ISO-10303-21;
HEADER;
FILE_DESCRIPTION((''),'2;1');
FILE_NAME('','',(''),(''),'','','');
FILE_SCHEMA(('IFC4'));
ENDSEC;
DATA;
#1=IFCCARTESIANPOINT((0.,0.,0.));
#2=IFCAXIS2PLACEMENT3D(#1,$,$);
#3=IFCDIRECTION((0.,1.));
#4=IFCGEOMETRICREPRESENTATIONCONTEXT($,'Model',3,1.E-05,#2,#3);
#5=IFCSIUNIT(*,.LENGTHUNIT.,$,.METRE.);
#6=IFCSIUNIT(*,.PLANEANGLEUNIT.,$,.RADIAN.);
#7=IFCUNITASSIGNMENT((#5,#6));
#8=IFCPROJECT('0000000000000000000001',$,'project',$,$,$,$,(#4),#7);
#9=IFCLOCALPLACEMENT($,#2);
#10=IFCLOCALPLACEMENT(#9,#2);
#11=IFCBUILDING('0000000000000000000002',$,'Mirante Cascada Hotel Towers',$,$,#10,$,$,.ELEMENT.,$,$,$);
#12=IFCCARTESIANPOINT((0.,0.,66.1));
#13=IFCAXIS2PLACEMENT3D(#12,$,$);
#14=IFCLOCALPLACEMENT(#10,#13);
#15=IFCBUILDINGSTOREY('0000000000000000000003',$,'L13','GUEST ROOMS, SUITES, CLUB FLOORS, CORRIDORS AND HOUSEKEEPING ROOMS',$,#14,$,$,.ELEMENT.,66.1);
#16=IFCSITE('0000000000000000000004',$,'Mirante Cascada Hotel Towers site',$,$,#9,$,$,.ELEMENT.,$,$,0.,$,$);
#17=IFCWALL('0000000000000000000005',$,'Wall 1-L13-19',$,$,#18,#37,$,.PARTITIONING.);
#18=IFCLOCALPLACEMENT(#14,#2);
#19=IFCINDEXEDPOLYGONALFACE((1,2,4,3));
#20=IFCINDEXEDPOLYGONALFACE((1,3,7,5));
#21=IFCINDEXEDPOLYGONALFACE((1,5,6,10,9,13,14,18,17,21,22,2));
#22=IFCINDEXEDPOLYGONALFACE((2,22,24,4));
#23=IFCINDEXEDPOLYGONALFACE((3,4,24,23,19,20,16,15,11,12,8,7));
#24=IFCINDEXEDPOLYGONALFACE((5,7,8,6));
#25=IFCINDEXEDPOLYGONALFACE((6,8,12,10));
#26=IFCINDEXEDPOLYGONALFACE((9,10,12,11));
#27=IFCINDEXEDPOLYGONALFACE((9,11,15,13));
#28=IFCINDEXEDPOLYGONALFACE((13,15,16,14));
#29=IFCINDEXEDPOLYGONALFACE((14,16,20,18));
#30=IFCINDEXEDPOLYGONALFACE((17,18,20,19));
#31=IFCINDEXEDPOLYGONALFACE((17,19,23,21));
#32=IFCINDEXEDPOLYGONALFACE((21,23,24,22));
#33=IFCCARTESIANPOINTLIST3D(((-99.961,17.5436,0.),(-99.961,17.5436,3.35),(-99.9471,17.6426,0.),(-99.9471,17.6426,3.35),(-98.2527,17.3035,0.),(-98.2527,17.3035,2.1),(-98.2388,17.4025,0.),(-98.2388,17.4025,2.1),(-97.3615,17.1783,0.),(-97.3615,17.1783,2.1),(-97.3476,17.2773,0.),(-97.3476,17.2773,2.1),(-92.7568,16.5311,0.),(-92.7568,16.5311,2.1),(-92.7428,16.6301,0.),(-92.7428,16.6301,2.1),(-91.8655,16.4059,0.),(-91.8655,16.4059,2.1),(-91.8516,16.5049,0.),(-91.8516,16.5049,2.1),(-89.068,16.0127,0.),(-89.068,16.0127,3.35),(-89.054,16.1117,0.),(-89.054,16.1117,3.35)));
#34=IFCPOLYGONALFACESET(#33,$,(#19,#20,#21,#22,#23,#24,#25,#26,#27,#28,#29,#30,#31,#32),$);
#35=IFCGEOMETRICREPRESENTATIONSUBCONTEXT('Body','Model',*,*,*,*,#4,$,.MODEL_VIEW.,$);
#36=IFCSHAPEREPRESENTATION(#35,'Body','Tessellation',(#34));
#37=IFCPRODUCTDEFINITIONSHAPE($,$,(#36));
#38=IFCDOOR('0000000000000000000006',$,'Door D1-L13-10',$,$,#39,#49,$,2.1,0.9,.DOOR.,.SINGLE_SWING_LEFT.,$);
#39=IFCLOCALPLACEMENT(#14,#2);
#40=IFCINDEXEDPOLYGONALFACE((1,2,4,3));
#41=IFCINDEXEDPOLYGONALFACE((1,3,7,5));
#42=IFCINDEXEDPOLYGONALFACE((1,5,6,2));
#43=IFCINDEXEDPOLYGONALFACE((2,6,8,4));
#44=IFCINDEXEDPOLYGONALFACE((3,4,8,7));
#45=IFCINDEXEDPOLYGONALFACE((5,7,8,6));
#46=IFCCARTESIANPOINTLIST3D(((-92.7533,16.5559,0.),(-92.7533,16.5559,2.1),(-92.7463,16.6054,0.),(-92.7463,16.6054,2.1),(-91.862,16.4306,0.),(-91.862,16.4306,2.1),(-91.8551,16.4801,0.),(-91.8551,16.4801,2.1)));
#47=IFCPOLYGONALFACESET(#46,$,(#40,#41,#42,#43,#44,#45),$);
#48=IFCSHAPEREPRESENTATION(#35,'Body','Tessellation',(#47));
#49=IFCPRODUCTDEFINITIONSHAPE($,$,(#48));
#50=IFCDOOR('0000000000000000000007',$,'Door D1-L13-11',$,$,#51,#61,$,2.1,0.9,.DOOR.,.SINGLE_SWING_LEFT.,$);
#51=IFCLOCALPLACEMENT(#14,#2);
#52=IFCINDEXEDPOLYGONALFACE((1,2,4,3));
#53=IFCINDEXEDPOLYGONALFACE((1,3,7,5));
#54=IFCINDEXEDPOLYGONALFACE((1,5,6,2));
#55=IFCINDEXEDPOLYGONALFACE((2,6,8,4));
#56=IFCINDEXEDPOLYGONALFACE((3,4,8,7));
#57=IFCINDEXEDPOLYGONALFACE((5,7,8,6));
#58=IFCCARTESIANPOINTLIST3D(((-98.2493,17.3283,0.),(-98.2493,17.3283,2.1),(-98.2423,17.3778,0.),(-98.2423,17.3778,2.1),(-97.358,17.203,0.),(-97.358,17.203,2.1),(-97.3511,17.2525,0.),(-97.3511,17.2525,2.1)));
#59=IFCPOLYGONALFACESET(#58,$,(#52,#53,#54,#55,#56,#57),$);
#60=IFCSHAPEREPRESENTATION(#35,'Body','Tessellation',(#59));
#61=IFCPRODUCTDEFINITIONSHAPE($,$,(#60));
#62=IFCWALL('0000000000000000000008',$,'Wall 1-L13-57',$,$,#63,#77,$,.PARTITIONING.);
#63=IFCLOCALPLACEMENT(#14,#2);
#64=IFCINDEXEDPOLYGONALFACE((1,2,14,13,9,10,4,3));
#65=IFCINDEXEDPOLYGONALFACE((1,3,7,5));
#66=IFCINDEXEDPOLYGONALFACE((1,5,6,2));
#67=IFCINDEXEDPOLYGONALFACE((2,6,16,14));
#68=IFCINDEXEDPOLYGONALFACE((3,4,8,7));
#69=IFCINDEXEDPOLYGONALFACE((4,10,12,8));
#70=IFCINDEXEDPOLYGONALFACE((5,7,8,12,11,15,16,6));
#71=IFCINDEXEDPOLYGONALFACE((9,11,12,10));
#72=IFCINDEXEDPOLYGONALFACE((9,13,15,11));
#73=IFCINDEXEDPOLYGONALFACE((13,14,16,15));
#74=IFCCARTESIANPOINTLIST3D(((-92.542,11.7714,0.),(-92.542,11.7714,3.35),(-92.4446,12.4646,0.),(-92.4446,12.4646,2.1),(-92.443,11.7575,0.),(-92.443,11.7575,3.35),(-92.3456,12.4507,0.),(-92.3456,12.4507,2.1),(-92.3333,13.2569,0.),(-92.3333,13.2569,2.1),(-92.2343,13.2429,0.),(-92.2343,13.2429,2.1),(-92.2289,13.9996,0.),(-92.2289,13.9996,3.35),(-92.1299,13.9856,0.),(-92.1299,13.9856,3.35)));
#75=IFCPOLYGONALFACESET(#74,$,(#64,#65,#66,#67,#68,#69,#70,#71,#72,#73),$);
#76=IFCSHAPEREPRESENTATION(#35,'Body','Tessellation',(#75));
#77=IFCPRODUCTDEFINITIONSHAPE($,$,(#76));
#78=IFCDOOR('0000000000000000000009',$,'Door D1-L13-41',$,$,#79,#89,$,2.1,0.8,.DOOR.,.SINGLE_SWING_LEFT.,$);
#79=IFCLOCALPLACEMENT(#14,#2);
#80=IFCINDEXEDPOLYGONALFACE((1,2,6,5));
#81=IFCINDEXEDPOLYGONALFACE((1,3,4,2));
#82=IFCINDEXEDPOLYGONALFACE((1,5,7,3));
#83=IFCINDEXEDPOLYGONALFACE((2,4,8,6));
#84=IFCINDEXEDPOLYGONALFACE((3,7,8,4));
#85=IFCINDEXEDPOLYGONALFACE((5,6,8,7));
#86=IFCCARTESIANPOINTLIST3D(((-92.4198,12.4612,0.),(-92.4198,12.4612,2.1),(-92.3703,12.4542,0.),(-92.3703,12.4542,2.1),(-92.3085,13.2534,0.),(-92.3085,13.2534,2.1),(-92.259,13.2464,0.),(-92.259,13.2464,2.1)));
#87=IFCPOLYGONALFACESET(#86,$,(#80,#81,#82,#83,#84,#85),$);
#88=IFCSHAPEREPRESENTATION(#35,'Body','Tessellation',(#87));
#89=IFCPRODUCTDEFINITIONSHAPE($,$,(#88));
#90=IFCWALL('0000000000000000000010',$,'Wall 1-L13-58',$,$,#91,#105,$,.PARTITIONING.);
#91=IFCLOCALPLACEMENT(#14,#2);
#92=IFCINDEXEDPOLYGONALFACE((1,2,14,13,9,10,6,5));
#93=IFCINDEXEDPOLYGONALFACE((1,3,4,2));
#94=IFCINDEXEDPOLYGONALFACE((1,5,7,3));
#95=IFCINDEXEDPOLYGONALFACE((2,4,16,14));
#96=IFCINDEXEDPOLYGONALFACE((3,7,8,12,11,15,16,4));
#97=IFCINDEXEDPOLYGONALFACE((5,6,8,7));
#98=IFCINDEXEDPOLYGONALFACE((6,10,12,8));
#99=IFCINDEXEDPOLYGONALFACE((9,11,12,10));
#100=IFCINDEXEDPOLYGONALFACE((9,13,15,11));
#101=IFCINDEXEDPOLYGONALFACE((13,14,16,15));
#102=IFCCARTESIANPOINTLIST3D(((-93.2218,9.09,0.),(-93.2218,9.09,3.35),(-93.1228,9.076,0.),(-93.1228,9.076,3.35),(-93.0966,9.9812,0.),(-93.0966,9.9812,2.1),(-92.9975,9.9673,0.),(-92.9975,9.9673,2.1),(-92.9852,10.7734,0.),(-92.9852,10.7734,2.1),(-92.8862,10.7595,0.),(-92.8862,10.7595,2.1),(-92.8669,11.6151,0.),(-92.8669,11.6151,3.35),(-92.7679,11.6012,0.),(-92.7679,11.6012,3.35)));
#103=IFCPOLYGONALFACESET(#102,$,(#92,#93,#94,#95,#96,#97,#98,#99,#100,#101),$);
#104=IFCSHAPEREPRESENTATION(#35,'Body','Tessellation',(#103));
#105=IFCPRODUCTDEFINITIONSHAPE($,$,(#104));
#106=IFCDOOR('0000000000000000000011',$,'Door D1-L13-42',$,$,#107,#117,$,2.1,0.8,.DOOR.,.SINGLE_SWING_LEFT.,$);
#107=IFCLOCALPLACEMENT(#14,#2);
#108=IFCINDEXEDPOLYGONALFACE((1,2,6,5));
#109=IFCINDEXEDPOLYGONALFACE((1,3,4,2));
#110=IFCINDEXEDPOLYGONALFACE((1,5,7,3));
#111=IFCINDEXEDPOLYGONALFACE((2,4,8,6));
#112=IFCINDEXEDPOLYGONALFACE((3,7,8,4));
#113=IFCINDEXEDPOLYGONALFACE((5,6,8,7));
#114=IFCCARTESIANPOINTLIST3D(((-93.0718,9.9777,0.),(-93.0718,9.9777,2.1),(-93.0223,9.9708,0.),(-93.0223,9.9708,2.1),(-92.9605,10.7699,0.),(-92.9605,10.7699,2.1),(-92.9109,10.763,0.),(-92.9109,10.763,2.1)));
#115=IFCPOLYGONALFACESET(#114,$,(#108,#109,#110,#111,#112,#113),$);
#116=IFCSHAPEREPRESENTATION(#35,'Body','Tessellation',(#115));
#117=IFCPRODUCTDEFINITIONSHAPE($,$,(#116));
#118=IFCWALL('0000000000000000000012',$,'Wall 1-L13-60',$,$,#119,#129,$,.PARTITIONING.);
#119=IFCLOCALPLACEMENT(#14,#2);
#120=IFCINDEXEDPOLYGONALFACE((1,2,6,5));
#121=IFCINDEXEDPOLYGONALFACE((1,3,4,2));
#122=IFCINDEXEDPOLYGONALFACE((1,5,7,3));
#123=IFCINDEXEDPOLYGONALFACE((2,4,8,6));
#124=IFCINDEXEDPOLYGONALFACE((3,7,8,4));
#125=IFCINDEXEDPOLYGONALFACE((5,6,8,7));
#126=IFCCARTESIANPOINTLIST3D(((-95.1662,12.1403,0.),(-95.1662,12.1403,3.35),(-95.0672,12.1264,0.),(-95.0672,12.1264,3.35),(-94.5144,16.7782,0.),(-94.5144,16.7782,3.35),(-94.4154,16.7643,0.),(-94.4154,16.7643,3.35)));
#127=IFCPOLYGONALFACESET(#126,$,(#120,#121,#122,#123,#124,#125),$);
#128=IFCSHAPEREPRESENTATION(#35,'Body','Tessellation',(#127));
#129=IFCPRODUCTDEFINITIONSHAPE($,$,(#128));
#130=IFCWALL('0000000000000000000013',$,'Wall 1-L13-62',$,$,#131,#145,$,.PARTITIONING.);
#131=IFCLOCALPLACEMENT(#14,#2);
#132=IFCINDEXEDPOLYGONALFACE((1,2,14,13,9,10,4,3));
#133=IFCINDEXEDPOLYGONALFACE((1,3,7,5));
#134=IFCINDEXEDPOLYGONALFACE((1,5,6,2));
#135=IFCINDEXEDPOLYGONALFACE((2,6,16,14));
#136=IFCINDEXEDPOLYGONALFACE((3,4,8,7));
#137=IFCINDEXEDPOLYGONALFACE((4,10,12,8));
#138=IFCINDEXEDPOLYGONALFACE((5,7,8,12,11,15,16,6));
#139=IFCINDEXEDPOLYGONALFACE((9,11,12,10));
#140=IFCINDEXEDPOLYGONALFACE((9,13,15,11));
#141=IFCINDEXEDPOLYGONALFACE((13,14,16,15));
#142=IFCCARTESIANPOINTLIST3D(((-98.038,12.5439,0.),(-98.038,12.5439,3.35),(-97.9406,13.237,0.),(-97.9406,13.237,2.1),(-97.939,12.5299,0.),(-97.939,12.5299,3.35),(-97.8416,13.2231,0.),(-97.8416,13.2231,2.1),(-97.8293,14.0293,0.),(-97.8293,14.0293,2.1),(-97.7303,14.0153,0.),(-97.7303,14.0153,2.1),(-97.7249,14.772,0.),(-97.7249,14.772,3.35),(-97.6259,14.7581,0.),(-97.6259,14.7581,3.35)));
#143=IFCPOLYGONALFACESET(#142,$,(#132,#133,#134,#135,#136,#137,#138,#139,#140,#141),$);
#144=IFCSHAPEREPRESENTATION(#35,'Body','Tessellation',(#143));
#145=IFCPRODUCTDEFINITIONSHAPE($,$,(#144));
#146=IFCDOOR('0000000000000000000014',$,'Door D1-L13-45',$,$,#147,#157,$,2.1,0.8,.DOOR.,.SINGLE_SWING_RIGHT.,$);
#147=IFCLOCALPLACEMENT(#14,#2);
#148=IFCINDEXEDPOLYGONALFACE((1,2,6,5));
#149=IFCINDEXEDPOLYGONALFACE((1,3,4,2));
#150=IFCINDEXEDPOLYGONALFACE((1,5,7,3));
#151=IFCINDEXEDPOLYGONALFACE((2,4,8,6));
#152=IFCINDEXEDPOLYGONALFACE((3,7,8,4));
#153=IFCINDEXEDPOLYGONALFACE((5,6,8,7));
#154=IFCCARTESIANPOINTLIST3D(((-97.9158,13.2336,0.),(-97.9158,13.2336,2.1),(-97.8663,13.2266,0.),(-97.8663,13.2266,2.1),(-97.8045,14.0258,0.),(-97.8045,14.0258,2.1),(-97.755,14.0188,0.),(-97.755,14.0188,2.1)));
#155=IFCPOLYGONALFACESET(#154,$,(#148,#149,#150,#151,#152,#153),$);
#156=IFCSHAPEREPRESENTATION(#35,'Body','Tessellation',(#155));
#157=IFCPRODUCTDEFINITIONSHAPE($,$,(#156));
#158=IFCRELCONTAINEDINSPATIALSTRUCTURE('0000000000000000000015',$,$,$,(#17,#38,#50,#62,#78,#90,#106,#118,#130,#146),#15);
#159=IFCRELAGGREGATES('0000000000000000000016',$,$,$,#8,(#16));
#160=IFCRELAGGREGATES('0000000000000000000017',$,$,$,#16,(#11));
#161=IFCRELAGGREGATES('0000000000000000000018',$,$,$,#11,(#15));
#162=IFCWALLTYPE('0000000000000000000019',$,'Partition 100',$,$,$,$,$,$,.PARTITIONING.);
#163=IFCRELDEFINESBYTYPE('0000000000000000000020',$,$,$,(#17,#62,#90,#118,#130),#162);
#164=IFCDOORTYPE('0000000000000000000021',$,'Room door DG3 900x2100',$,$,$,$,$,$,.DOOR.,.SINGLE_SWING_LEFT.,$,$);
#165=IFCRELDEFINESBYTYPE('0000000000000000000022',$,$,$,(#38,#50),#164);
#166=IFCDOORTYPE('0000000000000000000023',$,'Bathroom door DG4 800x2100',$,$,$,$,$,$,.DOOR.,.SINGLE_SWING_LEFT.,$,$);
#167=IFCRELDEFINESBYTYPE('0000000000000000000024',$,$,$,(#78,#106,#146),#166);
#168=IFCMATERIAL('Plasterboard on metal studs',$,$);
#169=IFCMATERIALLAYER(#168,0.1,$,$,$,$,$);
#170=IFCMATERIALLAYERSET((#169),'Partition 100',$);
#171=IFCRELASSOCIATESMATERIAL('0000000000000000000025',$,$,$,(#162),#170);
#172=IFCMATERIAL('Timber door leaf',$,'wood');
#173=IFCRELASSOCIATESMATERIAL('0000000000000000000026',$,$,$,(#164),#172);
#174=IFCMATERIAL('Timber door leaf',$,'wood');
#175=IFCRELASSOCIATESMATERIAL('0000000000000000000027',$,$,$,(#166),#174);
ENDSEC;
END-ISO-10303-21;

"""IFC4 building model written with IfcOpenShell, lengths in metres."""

from ifc_helpers import new_model, si_unit, direction, frame, frame_2d, origin, place, context, subcontext, project, spatial, rectangle, extrude, material, layer, layer_set, type_object, element, fill, save


model = new_model("IFC4")

# Units and contexts
model_context = context("Model", 3, precision=1e-05, world=origin(), true_north=direction((0.0, 1.0)))
body_context = subcontext(model_context, "Body", "Model", "MODEL_VIEW")
ifc_project = project(units=[si_unit("LENGTHUNIT", "METRE"), si_unit("PLANEANGLEUNIT", "RADIAN")], contexts=[model_context])

# Site, building, storey
site_placement = place(None, origin())
site = spatial("IfcSite", under=ifc_project, at=site_placement, Name="Mirante Cascada Hotel Towers site", CompositionType="ELEMENT", RefElevation=0.0)
building_placement = place(site_placement, origin())
building = spatial("IfcBuilding", under=site, at=building_placement, Name="Mirante Cascada Hotel Towers", CompositionType="ELEMENT")
storey_placement = place(building_placement, frame((0.0, 0.0, 66.1)))
storey = spatial("IfcBuildingStorey", under=building, at=storey_placement, Name="L13", Description="GUEST ROOMS, SUITES, CLUB FLOORS, CORRIDORS AND HOUSEKEEPING ROOMS", CompositionType="ELEMENT", Elevation=66.1)

# Shared definitions
ifc_material_1 = material(Name="Plasterboard on metal studs")
ifc_layer_1 = layer(ifc_material_1, 0.1)
ifc_layer_set_1 = layer_set([ifc_layer_1], Name="Partition 100")
wall_type_1 = type_object("IfcWallType", Name="Partition 100", PredefinedType="PARTITIONING", material=ifc_layer_set_1)

# Wall, openings, doors
wall_1_placement = place(storey_placement, frame((-99.954, 17.5931, 0.0), z_axis=(0.0, 0.0, 1.0), x_axis=(0.990268, -0.139172, 0.0)))
wall_1 = element("IfcWall", 1, at=wall_1_placement, inside=storey, type_object=wall_type_1, Name="Wall 1-L13-19", PredefinedType="PARTITIONING", context=body_context, shape_type="SweptSolid", body=[
    extrude(rectangle(XDim=11.0001, YDim=0.1, at=frame_2d((5.5, 0.0))), origin(), (0.0, 0.0, 1.0), 3.35),
])
opening_1_placement = place(wall_1_placement, frame((7.275, 0.0, 0.0)))
opening_1 = element("IfcOpeningElement", 2, at=opening_1_placement, cuts=wall_1, PredefinedType="OPENING", context=body_context, shape_type="SweptSolid", body=[
    extrude(rectangle(XDim=0.9, YDim=2.1, at=frame_2d((0.45, 1.05))), frame((0.0, 0.05, 0.0), z_axis=(0.0, -1.0, 0.0), x_axis=(1.0, 0.0, 0.0)), (0.0, 0.0, 1.0), 0.1),
])
opening_2_placement = place(wall_1_placement, frame((1.725, 0.0, 0.0)))
opening_2 = element("IfcOpeningElement", 3, at=opening_2_placement, cuts=wall_1, PredefinedType="OPENING", context=body_context, shape_type="SweptSolid", body=[
    extrude(rectangle(XDim=0.9, YDim=2.1, at=frame_2d((0.45, 1.05))), frame((0.0, 0.05, 0.0), z_axis=(0.0, -1.0, 0.0), x_axis=(1.0, 0.0, 0.0)), (0.0, 0.0, 1.0), 0.1),
])
ifc_material_2 = material(Name="Timber door leaf", Category="wood")
door_type_1 = type_object("IfcDoorType", Name="Room door DG3 900x2100", OperationType="SINGLE_SWING_LEFT", PredefinedType="DOOR", material=ifc_material_2)
door_1_placement = place(opening_1_placement, origin())
door_1 = element("IfcDoor", 4, at=door_1_placement, inside=storey, type_object=door_type_1, Name="Door D1-L13-10", OperationType="SINGLE_SWING_LEFT", OverallHeight=2.1, OverallWidth=0.9, PredefinedType="DOOR", context=body_context, shape_type="SweptSolid", body=[
    extrude(rectangle(XDim=0.9, YDim=2.1, at=frame_2d((0.45, 1.05))), frame((0.0, 0.025, 0.0), z_axis=(0.0, -1.0, 0.0), x_axis=(1.0, 0.0, 0.0)), (0.0, 0.0, 1.0), 0.05),
])
fill(opening_1, door_1)
door_2_placement = place(opening_2_placement, origin())
door_2 = element("IfcDoor", 5, at=door_2_placement, inside=storey, type_object=door_type_1, Name="Door D1-L13-11", OperationType="SINGLE_SWING_LEFT", OverallHeight=2.1, OverallWidth=0.9, PredefinedType="DOOR", context=body_context, shape_type="SweptSolid", body=[
    extrude(rectangle(XDim=0.9, YDim=2.1, at=frame_2d((0.45, 1.05))), frame((0.0, 0.025, 0.0), z_axis=(0.0, -1.0, 0.0), x_axis=(1.0, 0.0, 0.0)), (0.0, 0.0, 1.0), 0.05),
])
fill(opening_2, door_2)

# Walls, openings, doors
wall_2_placement = place(storey_placement, frame((-92.1794, 13.9926, 0.0), z_axis=(0.0, 0.0, 1.0), x_axis=(-0.139156, -0.990271, 0.0)))
wall_2 = element("IfcWall", 6, at=wall_2_placement, inside=storey, type_object=wall_type_1, Name="Wall 1-L13-57", PredefinedType="PARTITIONING", context=body_context, shape_type="SweptSolid", body=[
    extrude(rectangle(XDim=2.25, YDim=0.1, at=frame_2d((1.125, 0.0))), origin(), (0.0, 0.0, 1.0), 3.35),
])
opening_3_placement = place(wall_2_placement, frame((0.75, 0.0, 0.0)))
opening_3 = element("IfcOpeningElement", 7, at=opening_3_placement, cuts=wall_2, PredefinedType="OPENING", context=body_context, shape_type="SweptSolid", body=[
    extrude(rectangle(XDim=0.8, YDim=2.1, at=frame_2d((0.4, 1.05))), frame((0.0, 0.05, 0.0), z_axis=(0.0, -1.0, 0.0), x_axis=(1.0, 0.0, 0.0)), (0.0, 0.0, 1.0), 0.1),
])
ifc_material_3 = material(Name="Timber door leaf", Category="wood")
door_type_2 = type_object("IfcDoorType", Name="Bathroom door DG4 800x2100", OperationType="SINGLE_SWING_LEFT", PredefinedType="DOOR", material=ifc_material_3)
door_3_placement = place(opening_3_placement, origin())
door_3 = element("IfcDoor", 8, at=door_3_placement, inside=storey, type_object=door_type_2, Name="Door D1-L13-41", OperationType="SINGLE_SWING_LEFT", OverallHeight=2.1, OverallWidth=0.8, PredefinedType="DOOR", context=body_context, shape_type="SweptSolid", body=[
    extrude(rectangle(XDim=0.8, YDim=2.1, at=frame_2d((0.4, 1.05))), frame((0.0, 0.025, 0.0), z_axis=(0.0, -1.0, 0.0), x_axis=(1.0, 0.0, 0.0)), (0.0, 0.0, 1.0), 0.05),
])
fill(opening_3, door_3)
wall_3_placement = place(storey_placement, frame((-93.1723, 9.083, 0.0), z_axis=(0.0, 0.0, 1.0), x_axis=(0.139176, 0.990268, 0.0)))
wall_3 = element("IfcWall", 9, at=wall_3_placement, inside=storey, type_object=wall_type_1, Name="Wall 1-L13-58", PredefinedType="PARTITIONING", context=body_context, shape_type="SweptSolid", body=[
    extrude(rectangle(XDim=2.55, YDim=0.1, at=frame_2d((1.275, 0.0))), origin(), (0.0, 0.0, 1.0), 3.35),
])
opening_4_placement = place(wall_3_placement, frame((0.9, 0.0, 0.0)))
opening_4 = element("IfcOpeningElement", 10, at=opening_4_placement, cuts=wall_3, PredefinedType="OPENING", context=body_context, shape_type="SweptSolid", body=[
    extrude(rectangle(XDim=0.8, YDim=2.1, at=frame_2d((0.4, 1.05))), frame((0.0, 0.05, 0.0), z_axis=(0.0, -1.0, 0.0), x_axis=(1.0, 0.0, 0.0)), (0.0, 0.0, 1.0), 0.1),
])
door_4_placement = place(opening_4_placement, origin())
door_4 = element("IfcDoor", 11, at=door_4_placement, inside=storey, type_object=door_type_2, Name="Door D1-L13-42", OperationType="SINGLE_SWING_LEFT", OverallHeight=2.1, OverallWidth=0.8, PredefinedType="DOOR", context=body_context, shape_type="SweptSolid", body=[
    extrude(rectangle(XDim=0.8, YDim=2.1, at=frame_2d((0.4, 1.05))), frame((0.0, 0.025, 0.0), z_axis=(0.0, -1.0, 0.0), x_axis=(1.0, 0.0, 0.0)), (0.0, 0.0, 1.0), 0.05),
])
fill(opening_4, door_4)

# Wall
wall_4_placement = place(storey_placement, frame((-95.1167, 12.1333, 0.0), z_axis=(0.0, 0.0, 1.0), x_axis=(0.13917, 0.990268, 0.0)))
element("IfcWall", 12, at=wall_4_placement, inside=storey, type_object=wall_type_1, Name="Wall 1-L13-60", PredefinedType="PARTITIONING", context=body_context, shape_type="SweptSolid", body=[
    extrude(rectangle(XDim=4.6835, YDim=0.1, at=frame_2d((2.3418, 0.0))), origin(), (0.0, 0.0, 1.0), 3.35),
])

# Wall, opening, door
wall_5_placement = place(storey_placement, frame((-97.9885, 12.5369, 0.0), z_axis=(0.0, 0.0, 1.0), x_axis=(0.139156, 0.990271, 0.0)))
wall_5 = element("IfcWall", 13, at=wall_5_placement, inside=storey, type_object=wall_type_1, Name="Wall 1-L13-62", PredefinedType="PARTITIONING", context=body_context, shape_type="SweptSolid", body=[
    extrude(rectangle(XDim=2.25, YDim=0.1, at=frame_2d((1.125, 0.0))), origin(), (0.0, 0.0, 1.0), 3.35),
])
opening_5_placement = place(wall_5_placement, frame((0.7, 0.0, 0.0)))
opening_5 = element("IfcOpeningElement", 14, at=opening_5_placement, cuts=wall_5, PredefinedType="OPENING", context=body_context, shape_type="SweptSolid", body=[
    extrude(rectangle(XDim=0.8, YDim=2.1, at=frame_2d((0.4, 1.05))), frame((0.0, 0.05, 0.0), z_axis=(0.0, -1.0, 0.0), x_axis=(1.0, 0.0, 0.0)), (0.0, 0.0, 1.0), 0.1),
])
door_5_placement = place(opening_5_placement, frame((0.8, 0.0, 0.0), z_axis=(0.0, 0.0, 1.0), x_axis=(-1.0, 0.0, 0.0)))
door_5 = element("IfcDoor", 15, at=door_5_placement, inside=storey, type_object=door_type_2, Name="Door D1-L13-45", OperationType="SINGLE_SWING_RIGHT", OverallHeight=2.1, OverallWidth=0.8, PredefinedType="DOOR", context=body_context, shape_type="SweptSolid", body=[
    extrude(rectangle(XDim=0.8, YDim=2.1, at=frame_2d((0.4, 1.05))), frame((0.0, 0.025, 0.0), z_axis=(0.0, -1.0, 0.0), x_axis=(1.0, 0.0, 0.0)), (0.0, 0.0, 1.0), 0.05),
])
fill(opening_5, door_5)

save(model, "model.ifc")
